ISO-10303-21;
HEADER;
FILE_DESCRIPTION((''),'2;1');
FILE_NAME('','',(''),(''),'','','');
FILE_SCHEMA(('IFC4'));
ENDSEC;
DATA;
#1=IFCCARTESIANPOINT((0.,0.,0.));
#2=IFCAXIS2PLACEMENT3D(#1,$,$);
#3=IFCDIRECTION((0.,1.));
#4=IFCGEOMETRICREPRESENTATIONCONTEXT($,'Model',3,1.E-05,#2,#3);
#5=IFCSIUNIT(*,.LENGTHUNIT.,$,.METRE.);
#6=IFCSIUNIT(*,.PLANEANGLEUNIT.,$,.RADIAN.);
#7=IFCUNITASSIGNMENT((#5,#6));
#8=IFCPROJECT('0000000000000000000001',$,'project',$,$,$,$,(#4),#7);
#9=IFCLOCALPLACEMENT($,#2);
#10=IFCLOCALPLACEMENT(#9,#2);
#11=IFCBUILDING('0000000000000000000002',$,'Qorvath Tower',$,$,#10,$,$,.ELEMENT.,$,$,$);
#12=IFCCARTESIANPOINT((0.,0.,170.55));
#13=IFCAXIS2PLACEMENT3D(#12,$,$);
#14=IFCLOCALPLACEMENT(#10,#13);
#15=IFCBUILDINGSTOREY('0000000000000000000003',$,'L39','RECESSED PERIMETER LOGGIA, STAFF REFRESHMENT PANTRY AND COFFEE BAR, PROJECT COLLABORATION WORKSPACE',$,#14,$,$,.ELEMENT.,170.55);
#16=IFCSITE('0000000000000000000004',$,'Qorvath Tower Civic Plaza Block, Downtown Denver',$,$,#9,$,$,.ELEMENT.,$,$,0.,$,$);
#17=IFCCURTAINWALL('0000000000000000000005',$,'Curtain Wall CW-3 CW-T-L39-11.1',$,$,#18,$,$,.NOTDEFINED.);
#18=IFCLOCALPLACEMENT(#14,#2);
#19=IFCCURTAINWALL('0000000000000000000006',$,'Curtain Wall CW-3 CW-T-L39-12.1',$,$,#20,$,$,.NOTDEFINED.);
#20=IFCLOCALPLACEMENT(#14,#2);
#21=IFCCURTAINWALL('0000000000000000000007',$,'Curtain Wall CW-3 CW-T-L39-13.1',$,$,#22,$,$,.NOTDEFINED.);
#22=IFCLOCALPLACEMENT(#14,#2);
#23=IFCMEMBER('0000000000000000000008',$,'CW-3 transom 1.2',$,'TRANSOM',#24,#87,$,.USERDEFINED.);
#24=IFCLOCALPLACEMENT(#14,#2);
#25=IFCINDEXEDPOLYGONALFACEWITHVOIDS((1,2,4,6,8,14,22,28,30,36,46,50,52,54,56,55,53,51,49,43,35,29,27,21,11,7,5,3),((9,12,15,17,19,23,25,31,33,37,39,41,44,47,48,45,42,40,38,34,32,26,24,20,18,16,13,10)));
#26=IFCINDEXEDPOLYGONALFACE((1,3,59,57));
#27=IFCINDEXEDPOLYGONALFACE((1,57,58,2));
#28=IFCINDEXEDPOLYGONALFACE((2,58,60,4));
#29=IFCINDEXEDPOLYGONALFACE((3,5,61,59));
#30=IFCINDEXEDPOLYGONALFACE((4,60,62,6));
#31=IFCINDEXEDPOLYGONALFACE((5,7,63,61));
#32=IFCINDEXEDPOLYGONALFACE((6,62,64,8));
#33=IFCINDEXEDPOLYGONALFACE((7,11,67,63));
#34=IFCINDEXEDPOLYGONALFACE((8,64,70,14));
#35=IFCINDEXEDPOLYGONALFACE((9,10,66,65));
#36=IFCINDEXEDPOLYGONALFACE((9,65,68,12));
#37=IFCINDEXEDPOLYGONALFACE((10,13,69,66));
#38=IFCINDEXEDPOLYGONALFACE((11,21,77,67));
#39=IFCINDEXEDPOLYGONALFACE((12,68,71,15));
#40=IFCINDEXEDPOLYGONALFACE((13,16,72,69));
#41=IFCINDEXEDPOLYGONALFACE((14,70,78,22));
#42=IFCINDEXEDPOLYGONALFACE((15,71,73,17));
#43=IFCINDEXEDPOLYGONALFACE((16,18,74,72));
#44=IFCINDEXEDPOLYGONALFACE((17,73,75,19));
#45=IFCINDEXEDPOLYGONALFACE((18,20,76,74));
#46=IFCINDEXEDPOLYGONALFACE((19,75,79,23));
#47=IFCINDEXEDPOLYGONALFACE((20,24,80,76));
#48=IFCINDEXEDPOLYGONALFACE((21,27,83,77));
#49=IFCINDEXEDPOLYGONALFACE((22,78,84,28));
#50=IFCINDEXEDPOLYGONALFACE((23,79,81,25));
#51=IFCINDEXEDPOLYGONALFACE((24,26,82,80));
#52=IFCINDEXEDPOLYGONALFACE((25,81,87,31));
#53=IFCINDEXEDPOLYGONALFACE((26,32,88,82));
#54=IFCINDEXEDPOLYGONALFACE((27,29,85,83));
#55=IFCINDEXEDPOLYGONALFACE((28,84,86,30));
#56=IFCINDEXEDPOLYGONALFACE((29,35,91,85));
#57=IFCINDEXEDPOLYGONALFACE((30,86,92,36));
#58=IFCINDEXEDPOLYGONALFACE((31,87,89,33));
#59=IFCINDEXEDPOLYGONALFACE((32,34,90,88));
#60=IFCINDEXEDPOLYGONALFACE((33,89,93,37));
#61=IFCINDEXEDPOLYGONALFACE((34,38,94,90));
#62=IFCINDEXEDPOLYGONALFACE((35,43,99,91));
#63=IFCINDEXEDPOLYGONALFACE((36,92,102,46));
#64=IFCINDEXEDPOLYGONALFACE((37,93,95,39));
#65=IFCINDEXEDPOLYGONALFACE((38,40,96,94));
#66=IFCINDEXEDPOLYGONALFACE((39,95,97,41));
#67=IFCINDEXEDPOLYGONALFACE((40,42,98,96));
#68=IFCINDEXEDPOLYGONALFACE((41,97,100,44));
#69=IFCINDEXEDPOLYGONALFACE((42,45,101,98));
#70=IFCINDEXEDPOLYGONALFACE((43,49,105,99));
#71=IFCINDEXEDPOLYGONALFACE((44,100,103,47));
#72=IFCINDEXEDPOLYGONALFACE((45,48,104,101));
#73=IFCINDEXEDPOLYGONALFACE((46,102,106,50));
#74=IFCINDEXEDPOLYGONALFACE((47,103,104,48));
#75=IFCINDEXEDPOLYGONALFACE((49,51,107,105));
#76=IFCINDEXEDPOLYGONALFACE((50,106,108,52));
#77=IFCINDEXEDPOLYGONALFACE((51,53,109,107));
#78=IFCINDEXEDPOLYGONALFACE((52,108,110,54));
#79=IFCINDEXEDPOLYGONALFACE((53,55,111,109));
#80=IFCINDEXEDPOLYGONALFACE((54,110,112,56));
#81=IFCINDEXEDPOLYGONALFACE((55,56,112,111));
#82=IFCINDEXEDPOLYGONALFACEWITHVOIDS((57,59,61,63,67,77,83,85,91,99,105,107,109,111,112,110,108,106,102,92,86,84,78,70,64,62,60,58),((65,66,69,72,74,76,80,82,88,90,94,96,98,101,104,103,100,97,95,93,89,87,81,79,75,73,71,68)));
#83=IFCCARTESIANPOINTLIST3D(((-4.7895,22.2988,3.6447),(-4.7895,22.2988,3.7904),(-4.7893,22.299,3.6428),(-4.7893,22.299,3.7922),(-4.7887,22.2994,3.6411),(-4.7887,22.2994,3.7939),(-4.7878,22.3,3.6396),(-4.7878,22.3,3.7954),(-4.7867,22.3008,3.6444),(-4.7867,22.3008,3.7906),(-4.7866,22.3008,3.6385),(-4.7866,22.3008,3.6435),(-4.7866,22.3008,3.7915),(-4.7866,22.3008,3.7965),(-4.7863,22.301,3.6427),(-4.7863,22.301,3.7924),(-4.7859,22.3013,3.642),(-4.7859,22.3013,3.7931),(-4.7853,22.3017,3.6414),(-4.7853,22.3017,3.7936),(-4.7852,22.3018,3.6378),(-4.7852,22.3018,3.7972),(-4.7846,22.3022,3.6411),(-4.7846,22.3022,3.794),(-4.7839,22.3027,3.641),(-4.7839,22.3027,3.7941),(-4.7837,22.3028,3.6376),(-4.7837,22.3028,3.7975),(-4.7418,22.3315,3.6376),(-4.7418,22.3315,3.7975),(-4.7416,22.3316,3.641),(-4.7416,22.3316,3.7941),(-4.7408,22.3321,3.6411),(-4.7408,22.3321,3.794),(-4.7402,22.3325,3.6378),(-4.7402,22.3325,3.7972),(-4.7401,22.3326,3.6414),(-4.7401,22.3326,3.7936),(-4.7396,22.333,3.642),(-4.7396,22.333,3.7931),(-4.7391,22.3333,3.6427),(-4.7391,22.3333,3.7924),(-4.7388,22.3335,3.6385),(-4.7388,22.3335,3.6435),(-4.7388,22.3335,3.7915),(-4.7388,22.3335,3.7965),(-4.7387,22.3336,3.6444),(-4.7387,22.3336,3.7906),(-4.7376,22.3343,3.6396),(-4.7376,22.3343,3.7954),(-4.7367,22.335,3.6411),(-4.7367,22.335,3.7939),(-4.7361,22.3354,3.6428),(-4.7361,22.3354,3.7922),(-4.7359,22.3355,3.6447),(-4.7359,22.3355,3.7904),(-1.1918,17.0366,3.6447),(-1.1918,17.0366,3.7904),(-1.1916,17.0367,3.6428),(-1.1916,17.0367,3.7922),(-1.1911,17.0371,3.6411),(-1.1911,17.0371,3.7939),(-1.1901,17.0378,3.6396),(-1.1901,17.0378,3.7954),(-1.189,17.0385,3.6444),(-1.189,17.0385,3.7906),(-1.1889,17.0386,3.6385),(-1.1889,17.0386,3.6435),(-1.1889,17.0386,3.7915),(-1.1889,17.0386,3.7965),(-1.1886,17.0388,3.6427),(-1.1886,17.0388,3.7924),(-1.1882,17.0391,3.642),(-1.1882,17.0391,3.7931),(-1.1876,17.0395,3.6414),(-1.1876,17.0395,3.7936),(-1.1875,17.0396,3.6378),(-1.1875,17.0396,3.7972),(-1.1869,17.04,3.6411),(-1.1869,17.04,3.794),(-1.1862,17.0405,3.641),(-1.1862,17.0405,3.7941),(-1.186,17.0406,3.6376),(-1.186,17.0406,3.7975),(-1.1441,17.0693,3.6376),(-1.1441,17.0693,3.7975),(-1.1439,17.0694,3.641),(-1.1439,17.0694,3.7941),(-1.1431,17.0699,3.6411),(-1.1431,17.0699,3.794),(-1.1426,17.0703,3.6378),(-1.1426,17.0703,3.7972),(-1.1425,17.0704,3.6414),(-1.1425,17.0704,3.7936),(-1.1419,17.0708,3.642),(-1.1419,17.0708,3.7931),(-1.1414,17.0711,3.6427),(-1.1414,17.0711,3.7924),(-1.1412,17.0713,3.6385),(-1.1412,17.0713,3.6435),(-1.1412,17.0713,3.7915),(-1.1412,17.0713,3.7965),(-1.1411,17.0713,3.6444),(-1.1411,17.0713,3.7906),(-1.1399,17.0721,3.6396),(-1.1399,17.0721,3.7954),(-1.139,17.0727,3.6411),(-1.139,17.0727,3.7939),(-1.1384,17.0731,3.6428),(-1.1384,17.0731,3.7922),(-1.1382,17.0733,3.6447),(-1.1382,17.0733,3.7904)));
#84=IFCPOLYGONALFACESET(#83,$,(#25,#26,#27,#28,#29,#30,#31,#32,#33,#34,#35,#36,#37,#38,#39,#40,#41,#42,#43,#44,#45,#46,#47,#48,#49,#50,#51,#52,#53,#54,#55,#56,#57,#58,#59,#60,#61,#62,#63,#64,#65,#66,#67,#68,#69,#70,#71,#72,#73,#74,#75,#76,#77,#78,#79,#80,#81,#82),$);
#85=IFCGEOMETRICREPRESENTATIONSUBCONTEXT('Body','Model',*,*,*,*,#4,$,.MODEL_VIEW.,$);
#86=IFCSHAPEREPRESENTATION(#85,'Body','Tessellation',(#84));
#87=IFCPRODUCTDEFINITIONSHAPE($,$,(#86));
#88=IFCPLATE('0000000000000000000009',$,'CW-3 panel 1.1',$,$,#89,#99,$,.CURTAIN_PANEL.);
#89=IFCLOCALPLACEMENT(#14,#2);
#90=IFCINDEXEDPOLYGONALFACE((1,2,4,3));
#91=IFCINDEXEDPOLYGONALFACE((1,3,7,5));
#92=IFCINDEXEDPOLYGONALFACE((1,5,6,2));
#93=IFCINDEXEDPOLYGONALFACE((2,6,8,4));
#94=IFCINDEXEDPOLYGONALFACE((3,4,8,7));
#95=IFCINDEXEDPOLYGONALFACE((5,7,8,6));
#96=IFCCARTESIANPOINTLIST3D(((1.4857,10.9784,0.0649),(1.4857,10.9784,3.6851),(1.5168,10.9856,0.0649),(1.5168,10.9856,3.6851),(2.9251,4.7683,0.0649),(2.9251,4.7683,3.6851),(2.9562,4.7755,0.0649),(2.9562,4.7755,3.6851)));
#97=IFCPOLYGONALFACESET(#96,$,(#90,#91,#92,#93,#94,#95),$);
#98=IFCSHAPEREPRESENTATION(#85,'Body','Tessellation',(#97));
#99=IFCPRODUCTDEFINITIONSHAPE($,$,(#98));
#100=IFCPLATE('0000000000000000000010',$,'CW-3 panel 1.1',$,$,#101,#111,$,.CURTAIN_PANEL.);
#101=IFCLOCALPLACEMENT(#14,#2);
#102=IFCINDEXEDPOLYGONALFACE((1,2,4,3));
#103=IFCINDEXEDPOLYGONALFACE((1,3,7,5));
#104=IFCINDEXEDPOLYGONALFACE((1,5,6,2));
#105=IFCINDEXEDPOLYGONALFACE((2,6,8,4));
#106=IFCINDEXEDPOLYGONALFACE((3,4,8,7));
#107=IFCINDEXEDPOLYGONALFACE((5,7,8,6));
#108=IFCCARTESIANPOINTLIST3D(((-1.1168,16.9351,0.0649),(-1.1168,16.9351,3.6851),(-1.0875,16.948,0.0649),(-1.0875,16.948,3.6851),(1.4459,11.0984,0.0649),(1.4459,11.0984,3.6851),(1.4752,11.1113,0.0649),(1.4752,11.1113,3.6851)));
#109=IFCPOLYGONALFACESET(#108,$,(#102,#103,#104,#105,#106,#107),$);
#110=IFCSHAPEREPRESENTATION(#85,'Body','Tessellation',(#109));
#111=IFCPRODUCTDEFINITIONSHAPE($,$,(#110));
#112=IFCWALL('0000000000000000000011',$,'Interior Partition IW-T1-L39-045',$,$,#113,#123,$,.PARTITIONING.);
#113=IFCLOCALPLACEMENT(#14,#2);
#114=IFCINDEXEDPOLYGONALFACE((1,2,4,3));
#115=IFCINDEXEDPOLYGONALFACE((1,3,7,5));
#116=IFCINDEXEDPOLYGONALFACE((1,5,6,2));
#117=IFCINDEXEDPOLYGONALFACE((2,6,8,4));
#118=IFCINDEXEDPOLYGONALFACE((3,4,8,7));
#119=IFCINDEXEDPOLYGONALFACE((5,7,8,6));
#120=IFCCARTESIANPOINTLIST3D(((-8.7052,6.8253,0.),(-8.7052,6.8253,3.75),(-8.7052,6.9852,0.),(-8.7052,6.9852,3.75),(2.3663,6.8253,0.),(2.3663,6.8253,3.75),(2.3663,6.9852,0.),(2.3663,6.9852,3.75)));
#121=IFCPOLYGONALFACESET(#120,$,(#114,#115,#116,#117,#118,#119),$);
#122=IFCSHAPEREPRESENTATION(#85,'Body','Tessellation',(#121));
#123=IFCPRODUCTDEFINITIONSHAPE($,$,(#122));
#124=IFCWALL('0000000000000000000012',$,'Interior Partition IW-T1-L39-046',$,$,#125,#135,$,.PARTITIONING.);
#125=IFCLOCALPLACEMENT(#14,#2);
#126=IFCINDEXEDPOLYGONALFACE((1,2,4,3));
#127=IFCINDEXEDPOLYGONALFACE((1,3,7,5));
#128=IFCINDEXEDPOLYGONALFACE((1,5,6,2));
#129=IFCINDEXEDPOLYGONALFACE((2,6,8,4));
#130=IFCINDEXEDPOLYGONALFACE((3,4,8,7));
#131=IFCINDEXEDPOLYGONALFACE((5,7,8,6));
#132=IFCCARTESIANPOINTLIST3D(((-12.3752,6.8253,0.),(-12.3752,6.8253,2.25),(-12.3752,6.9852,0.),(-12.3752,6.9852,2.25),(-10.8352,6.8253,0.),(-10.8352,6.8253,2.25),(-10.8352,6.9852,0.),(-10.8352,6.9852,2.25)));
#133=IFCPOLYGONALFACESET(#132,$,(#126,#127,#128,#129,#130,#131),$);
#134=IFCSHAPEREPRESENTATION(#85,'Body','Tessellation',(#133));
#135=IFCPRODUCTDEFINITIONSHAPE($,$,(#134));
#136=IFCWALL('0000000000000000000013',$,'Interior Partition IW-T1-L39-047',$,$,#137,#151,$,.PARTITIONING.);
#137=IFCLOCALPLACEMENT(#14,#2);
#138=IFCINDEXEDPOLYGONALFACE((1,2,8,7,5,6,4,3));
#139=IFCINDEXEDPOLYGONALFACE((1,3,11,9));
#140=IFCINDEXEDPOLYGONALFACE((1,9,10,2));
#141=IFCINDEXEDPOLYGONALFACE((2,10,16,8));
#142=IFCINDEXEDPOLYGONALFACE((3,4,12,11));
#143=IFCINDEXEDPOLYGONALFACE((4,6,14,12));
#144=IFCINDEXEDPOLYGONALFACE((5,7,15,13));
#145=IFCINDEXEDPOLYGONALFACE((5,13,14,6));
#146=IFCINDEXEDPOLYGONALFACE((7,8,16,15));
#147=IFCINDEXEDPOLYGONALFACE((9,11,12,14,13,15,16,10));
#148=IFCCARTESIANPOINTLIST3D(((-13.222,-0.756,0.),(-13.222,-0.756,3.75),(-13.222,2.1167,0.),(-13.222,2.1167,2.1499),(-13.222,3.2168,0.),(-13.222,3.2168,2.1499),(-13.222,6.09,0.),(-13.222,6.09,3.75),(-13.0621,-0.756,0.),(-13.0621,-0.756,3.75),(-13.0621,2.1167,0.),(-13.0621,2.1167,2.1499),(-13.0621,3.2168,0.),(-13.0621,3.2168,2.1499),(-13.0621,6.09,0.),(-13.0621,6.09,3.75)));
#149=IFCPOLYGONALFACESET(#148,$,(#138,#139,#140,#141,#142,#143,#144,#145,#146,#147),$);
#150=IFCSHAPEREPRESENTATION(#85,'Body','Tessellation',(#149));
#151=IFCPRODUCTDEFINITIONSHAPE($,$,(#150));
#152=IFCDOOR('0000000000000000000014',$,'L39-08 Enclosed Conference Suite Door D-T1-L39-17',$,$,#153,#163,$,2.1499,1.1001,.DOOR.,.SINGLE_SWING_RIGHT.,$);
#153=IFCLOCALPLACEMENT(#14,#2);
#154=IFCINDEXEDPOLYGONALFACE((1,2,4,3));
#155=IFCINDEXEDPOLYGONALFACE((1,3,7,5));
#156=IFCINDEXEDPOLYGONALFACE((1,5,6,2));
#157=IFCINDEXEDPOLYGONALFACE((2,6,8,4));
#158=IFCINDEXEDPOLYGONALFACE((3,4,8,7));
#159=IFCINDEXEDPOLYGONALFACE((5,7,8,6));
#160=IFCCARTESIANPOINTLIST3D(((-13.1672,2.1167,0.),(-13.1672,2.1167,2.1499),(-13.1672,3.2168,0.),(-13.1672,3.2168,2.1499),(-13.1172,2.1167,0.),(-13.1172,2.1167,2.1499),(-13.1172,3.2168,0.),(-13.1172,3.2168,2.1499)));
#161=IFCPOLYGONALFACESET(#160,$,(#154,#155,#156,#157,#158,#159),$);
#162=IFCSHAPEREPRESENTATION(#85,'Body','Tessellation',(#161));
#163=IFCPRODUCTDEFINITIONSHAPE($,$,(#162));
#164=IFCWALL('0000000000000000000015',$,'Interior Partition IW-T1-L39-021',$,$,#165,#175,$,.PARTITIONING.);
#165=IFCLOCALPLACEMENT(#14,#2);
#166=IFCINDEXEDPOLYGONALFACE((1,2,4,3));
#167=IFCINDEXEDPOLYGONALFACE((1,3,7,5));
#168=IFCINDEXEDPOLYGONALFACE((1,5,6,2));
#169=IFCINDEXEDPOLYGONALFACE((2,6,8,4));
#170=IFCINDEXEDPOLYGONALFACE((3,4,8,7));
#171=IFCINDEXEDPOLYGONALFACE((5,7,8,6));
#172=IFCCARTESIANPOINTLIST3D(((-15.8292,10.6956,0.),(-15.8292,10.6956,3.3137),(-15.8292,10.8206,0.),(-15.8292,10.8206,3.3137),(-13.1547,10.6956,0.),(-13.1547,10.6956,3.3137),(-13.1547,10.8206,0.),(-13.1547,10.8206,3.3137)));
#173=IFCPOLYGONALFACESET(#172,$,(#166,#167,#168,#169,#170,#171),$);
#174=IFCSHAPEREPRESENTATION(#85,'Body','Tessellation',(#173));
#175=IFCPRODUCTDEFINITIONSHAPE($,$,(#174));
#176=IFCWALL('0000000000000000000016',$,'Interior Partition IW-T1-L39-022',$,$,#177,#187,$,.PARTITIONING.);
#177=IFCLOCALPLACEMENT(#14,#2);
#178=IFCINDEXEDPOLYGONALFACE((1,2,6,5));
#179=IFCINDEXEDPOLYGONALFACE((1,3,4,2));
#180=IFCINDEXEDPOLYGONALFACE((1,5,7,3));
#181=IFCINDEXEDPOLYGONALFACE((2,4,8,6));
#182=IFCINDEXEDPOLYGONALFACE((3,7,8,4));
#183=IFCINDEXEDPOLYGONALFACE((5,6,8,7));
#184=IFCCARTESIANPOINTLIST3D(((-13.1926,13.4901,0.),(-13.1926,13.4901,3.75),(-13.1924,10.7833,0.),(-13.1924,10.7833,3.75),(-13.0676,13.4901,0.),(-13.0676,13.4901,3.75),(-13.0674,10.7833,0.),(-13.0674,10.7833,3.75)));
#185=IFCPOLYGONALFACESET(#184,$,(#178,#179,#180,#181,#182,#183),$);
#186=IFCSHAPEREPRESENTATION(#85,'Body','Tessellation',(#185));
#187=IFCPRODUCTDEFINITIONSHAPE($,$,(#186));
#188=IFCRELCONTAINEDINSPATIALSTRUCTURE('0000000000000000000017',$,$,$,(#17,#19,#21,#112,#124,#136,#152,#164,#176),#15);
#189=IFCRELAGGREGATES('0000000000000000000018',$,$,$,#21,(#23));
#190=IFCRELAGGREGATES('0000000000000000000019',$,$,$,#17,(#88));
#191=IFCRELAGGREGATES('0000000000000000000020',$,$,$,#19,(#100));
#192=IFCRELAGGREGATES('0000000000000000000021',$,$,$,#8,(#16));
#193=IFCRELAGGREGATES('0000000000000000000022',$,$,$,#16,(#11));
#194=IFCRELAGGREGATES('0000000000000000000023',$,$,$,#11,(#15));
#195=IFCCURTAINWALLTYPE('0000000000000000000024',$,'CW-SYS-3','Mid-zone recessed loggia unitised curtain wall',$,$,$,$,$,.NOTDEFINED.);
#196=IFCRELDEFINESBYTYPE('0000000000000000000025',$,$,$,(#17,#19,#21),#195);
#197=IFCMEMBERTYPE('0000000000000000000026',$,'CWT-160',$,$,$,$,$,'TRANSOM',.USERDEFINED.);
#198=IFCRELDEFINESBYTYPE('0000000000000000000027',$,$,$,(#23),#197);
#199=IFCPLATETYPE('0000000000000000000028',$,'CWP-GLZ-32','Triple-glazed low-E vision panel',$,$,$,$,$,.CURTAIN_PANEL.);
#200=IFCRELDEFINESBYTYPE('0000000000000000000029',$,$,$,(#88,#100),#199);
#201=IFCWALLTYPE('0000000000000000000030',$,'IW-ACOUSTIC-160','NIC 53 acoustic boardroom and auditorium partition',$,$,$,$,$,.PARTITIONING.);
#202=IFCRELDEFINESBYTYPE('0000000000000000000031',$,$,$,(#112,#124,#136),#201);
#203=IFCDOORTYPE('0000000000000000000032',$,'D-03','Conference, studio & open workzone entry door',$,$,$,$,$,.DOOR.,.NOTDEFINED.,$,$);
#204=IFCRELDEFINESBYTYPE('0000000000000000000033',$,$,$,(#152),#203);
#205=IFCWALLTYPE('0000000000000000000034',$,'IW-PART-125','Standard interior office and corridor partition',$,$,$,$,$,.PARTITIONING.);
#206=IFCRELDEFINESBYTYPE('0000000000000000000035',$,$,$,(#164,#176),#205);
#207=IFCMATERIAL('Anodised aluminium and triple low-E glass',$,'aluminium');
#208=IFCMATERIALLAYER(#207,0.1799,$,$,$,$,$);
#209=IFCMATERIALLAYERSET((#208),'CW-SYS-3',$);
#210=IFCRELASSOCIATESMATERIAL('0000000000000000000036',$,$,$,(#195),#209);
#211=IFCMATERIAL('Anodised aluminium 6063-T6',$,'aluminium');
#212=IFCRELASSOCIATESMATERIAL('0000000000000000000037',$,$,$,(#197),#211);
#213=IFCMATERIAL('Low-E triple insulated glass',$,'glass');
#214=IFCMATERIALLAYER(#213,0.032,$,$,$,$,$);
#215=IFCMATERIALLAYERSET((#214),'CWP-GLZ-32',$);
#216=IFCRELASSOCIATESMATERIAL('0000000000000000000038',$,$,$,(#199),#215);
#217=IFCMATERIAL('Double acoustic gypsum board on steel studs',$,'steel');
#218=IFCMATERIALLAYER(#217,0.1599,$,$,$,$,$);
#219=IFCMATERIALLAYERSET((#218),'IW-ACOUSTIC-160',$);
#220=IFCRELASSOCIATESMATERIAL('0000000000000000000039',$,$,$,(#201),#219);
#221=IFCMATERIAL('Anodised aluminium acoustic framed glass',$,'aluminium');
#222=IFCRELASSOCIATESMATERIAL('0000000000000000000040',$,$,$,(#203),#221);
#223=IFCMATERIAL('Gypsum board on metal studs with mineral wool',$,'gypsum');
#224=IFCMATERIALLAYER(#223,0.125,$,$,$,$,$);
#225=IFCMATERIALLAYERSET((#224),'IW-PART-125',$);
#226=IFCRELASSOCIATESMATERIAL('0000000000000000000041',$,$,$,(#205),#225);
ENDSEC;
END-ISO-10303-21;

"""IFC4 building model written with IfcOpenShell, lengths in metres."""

from ifc_helpers import new_model, si_unit, direction, frame, frame_2d, origin, origin_2d, place, context, subcontext, project, spatial, rectangle, hollow_rectangle, extrude, material, layer, layer_set, material_profile, profile_set, type_object, element, fill, aggregate, save


model = new_model("IFC4")

# Units and contexts
model_context = context("Model", 3, precision=1e-05, world=origin(), true_north=direction((0.0, 1.0)))
body_context = subcontext(model_context, "Body", "Model", "MODEL_VIEW")
ifc_project = project(units=[si_unit("LENGTHUNIT", "METRE"), si_unit("PLANEANGLEUNIT", "RADIAN")], contexts=[model_context])

# Site, building, storey
site_placement = place(None, origin())
site = spatial("IfcSite", under=ifc_project, at=site_placement, Name="Qorvath Tower Civic Plaza Block, Downtown Denver", CompositionType="ELEMENT", RefElevation=0.0)
building_placement = place(site_placement, origin())
building = spatial("IfcBuilding", under=site, at=building_placement, Name="Qorvath Tower", CompositionType="ELEMENT")
storey_placement = place(building_placement, frame((0.0, 0.0, 170.55)))
storey = spatial("IfcBuildingStorey", under=building, at=storey_placement, Name="L39", Description="RECESSED PERIMETER LOGGIA, STAFF REFRESHMENT PANTRY AND COFFEE BAR, PROJECT COLLABORATION WORKSPACE", CompositionType="ELEMENT", Elevation=170.55)

# Curtain wall
ifc_material_1 = material(Name="Anodised aluminium and triple low-E glass", Category="aluminium")
ifc_layer_1 = layer(ifc_material_1, 0.1799)
ifc_layer_set_1 = layer_set([ifc_layer_1], Name="CW-SYS-3")
curtain_wall_type = type_object("IfcCurtainWallType", Name="CW-SYS-3", Description="Mid-zone recessed loggia unitised curtain wall", PredefinedType="NOTDEFINED", material=ifc_layer_set_1)
curtain_wall_1_placement = place(storey_placement, origin())
curtain_wall_1 = element("IfcCurtainWall", 1, at=curtain_wall_1_placement, inside=storey, type_object=curtain_wall_type, Name="Curtain Wall CW-3 CW-T-L39-11.1", PredefinedType="NOTDEFINED")

# Curtain wall
curtain_wall_2_placement = place(storey_placement, origin())
curtain_wall_2 = element("IfcCurtainWall", 2, at=curtain_wall_2_placement, inside=storey, type_object=curtain_wall_type, Name="Curtain Wall CW-3 CW-T-L39-12.1", PredefinedType="NOTDEFINED")

# Curtain wall
curtain_wall_3_placement = place(storey_placement, origin())
curtain_wall_3 = element("IfcCurtainWall", 3, at=curtain_wall_3_placement, inside=storey, type_object=curtain_wall_type, Name="Curtain Wall CW-3 CW-T-L39-13.1", PredefinedType="NOTDEFINED")

# Member
ifc_material_2 = material(Name="Anodised aluminium 6063-T6", Category="aluminium")
ifc_material_profile_1 = material_profile(ifc_material_2, hollow_rectangle(XDim=0.0649, YDim=0.1599, WallThickness=0.0034, InnerFilletRadius=0.0034, OuterFilletRadius=0.0071, at=origin_2d()), Name="CWT 160x65")
ifc_profile_set_1 = profile_set([ifc_material_profile_1], Name="Anodised aluminium 6063-T6")
member_type_1 = type_object("IfcMemberType", Name="CWT-160", ElementType="TRANSOM", PredefinedType="USERDEFINED", material=ifc_profile_set_1)
member_1_placement = place(storey_placement, frame((-1.165, 17.0549, 3.7175), z_axis=(-0.564385, 0.825512, 0.0), x_axis=(-0.825512, -0.564385, 0.0)))
member_1 = element("IfcMember", 4, at=member_1_placement, type_object=member_type_1, Name="CW-3 transom 1.2", ObjectType="TRANSOM", PredefinedType="USERDEFINED", context=body_context, shape_type="SweptSolid", body=[
    extrude(hollow_rectangle(XDim=0.0649, YDim=0.1599, WallThickness=0.0034, InnerFilletRadius=0.0034, OuterFilletRadius=0.0071, at=origin_2d()), origin(), (0.0, 0.0, 1.0), 6.3745),
])
aggregate(curtain_wall_3, [member_1])

# Plates
ifc_material_3 = material(Name="Low-E triple insulated glass", Category="glass")
ifc_layer_2 = layer(ifc_material_3, 0.032)
ifc_layer_set_2 = layer_set([ifc_layer_2], Name="CWP-GLZ-32")
plate_type = type_object("IfcPlateType", Name="CWP-GLZ-32", Description="Triple-glazed low-E vision panel", PredefinedType="CURTAIN_PANEL", material=ifc_layer_set_2)
plate_1_placement = place(storey_placement, frame((2.2209, 7.877, 0.0649), z_axis=(0.0, 0.0, 1.0), x_axis=(-0.225791, 0.974176, 0.0)))
plate_1 = element("IfcPlate", 5, at=plate_1_placement, type_object=plate_type, Name="CW-3 panel 1.1", PredefinedType="CURTAIN_PANEL", context=body_context, shape_type="SweptSolid", body=[
    extrude(rectangle(XDim=6.3748, YDim=0.032, at=origin_2d()), origin(), (0.0, 0.0, 1.0), 3.6201),
])
aggregate(curtain_wall_1, [plate_1])
plate_2_placement = place(storey_placement, frame((0.1792, 14.0232, 0.0649), z_axis=(0.0, 0.0, 1.0), x_axis=(-0.402023, 0.915629, 0.0)))
plate_2 = element("IfcPlate", 6, at=plate_2_placement, type_object=plate_type, Name="CW-3 panel 1.1", PredefinedType="CURTAIN_PANEL", context=body_context, shape_type="SweptSolid", body=[
    extrude(rectangle(XDim=6.3745, YDim=0.032, at=origin_2d()), origin(), (0.0, 0.0, 1.0), 3.6201),
])
aggregate(curtain_wall_2, [plate_2])

# Walls
ifc_material_4 = material(Name="Double acoustic gypsum board on steel studs", Category="steel")
ifc_layer_3 = layer(ifc_material_4, 0.1599)
ifc_layer_set_3 = layer_set([ifc_layer_3], Name="IW-ACOUSTIC-160")
wall_type_1 = type_object("IfcWallType", Name="IW-ACOUSTIC-160", Description="NIC 53 acoustic boardroom and auditorium partition", PredefinedType="PARTITIONING", material=ifc_layer_set_3)
wall_1_placement = place(storey_placement, frame((2.3662, 6.9053, 0.0), z_axis=(0.0, 0.0, 1.0), x_axis=(-1.0, 0.0, 0.0)))
element("IfcWall", 7, at=wall_1_placement, inside=storey, type_object=wall_type_1, Name="Interior Partition IW-T1-L39-045", PredefinedType="PARTITIONING", context=body_context, shape_type="SweptSolid", body=[
    extrude(rectangle(XDim=11.0715, YDim=0.1599, at=frame_2d((5.5356, 0.0))), origin(), (0.0, 0.0, 1.0), 3.75),
])
wall_2_placement = place(storey_placement, frame((-10.8352, 6.9053, 0.0), z_axis=(0.0, 0.0, 1.0), x_axis=(-1.0, 0.0, 0.0)))
element("IfcWall", 8, at=wall_2_placement, inside=storey, type_object=wall_type_1, Name="Interior Partition IW-T1-L39-046", PredefinedType="PARTITIONING", context=body_context, shape_type="SweptSolid", body=[
    extrude(rectangle(XDim=1.54, YDim=0.1599, at=frame_2d((0.77, 0.0))), origin(), (0.0, 0.0, 1.0), 2.25),
])

# Wall, opening, door
wall_3_placement = place(storey_placement, frame((-13.1421, 6.0898, 0.0), z_axis=(0.0, 0.0, 1.0), x_axis=(0.0, -1.0, 0.0)))
wall_3 = element("IfcWall", 9, at=wall_3_placement, inside=storey, type_object=wall_type_1, Name="Interior Partition IW-T1-L39-047", PredefinedType="PARTITIONING", context=body_context, shape_type="SweptSolid", body=[
    extrude(rectangle(XDim=6.8459, YDim=0.1599, at=frame_2d((3.4229, 0.0))), origin(), (0.0, 0.0, 1.0), 3.75),
])
opening_1_placement = place(wall_3_placement, frame((2.873, 0.0, 0.0)))
opening_1 = element("IfcOpeningElement", 10, at=opening_1_placement, cuts=wall_3, PredefinedType="OPENING", context=body_context, shape_type="SweptSolid", body=[
    extrude(rectangle(XDim=1.1001, YDim=2.1499, at=frame_2d((0.55, 1.075))), frame((0.0, 0.0898, 0.0), z_axis=(0.0, -1.0, 0.0), x_axis=(1.0, 0.0, 0.0)), (0.0, 0.0, 1.0), 0.1799),
])
ifc_material_5 = material(Name="Anodised aluminium acoustic framed glass", Category="aluminium")
door_type_1 = type_object("IfcDoorType", Name="D-03", Description="Conference, studio & open workzone entry door", OperationType="NOTDEFINED", PredefinedType="DOOR", material=ifc_material_5)
door_1_placement = place(opening_1_placement, origin())
door_1 = element("IfcDoor", 11, at=door_1_placement, inside=storey, type_object=door_type_1, Name="L39-08 Enclosed Conference Suite Door D-T1-L39-17", OperationType="SINGLE_SWING_RIGHT", OverallHeight=2.1499, OverallWidth=1.1001, PredefinedType="DOOR", context=body_context, shape_type="SweptSolid", body=[
    extrude(rectangle(XDim=1.1001, YDim=2.1499, at=frame_2d((0.55, 1.075))), frame((0.0, 0.0249, 0.0), z_axis=(0.0, -1.0, 0.0), x_axis=(1.0, 0.0, 0.0)), (0.0, 0.0, 1.0), 0.05),
])
fill(opening_1, door_1)

# Walls
ifc_material_6 = material(Name="Gypsum board on metal studs with mineral wool", Category="gypsum")
ifc_layer_4 = layer(ifc_material_6, 0.125)
ifc_layer_set_4 = layer_set([ifc_layer_4], Name="IW-PART-125")
wall_type_2 = type_object("IfcWallType", Name="IW-PART-125", Description="Standard interior office and corridor partition", PredefinedType="PARTITIONING", material=ifc_layer_set_4)
wall_4_placement = place(storey_placement, frame((-15.8293, 10.7581, 0.0), z_axis=(0.0, 0.0, 1.0), x_axis=(1.0, 0.0, 0.0)))
element("IfcWall", 12, at=wall_4_placement, inside=storey, type_object=wall_type_2, Name="Interior Partition IW-T1-L39-021", PredefinedType="PARTITIONING", context=body_context, shape_type="SweptSolid", body=[
    extrude(rectangle(XDim=2.6746, YDim=0.125, at=frame_2d((1.3374, 0.0))), origin(), (0.0, 0.0, 1.0), 3.3137),
])
wall_5_placement = place(storey_placement, frame((-13.1299, 10.7832, 0.0), z_axis=(0.0, 0.0, 1.0), x_axis=(-0.00009, 1.0, 0.0)))
element("IfcWall", 13, at=wall_5_placement, inside=storey, type_object=wall_type_2, Name="Interior Partition IW-T1-L39-022", PredefinedType="PARTITIONING", context=body_context, shape_type="SweptSolid", body=[
    extrude(rectangle(XDim=2.7068, YDim=0.125, at=frame_2d((1.3535, 0.0))), origin(), (0.0, 0.0, 1.0), 3.75),
])

save(model, "model.ifc")
